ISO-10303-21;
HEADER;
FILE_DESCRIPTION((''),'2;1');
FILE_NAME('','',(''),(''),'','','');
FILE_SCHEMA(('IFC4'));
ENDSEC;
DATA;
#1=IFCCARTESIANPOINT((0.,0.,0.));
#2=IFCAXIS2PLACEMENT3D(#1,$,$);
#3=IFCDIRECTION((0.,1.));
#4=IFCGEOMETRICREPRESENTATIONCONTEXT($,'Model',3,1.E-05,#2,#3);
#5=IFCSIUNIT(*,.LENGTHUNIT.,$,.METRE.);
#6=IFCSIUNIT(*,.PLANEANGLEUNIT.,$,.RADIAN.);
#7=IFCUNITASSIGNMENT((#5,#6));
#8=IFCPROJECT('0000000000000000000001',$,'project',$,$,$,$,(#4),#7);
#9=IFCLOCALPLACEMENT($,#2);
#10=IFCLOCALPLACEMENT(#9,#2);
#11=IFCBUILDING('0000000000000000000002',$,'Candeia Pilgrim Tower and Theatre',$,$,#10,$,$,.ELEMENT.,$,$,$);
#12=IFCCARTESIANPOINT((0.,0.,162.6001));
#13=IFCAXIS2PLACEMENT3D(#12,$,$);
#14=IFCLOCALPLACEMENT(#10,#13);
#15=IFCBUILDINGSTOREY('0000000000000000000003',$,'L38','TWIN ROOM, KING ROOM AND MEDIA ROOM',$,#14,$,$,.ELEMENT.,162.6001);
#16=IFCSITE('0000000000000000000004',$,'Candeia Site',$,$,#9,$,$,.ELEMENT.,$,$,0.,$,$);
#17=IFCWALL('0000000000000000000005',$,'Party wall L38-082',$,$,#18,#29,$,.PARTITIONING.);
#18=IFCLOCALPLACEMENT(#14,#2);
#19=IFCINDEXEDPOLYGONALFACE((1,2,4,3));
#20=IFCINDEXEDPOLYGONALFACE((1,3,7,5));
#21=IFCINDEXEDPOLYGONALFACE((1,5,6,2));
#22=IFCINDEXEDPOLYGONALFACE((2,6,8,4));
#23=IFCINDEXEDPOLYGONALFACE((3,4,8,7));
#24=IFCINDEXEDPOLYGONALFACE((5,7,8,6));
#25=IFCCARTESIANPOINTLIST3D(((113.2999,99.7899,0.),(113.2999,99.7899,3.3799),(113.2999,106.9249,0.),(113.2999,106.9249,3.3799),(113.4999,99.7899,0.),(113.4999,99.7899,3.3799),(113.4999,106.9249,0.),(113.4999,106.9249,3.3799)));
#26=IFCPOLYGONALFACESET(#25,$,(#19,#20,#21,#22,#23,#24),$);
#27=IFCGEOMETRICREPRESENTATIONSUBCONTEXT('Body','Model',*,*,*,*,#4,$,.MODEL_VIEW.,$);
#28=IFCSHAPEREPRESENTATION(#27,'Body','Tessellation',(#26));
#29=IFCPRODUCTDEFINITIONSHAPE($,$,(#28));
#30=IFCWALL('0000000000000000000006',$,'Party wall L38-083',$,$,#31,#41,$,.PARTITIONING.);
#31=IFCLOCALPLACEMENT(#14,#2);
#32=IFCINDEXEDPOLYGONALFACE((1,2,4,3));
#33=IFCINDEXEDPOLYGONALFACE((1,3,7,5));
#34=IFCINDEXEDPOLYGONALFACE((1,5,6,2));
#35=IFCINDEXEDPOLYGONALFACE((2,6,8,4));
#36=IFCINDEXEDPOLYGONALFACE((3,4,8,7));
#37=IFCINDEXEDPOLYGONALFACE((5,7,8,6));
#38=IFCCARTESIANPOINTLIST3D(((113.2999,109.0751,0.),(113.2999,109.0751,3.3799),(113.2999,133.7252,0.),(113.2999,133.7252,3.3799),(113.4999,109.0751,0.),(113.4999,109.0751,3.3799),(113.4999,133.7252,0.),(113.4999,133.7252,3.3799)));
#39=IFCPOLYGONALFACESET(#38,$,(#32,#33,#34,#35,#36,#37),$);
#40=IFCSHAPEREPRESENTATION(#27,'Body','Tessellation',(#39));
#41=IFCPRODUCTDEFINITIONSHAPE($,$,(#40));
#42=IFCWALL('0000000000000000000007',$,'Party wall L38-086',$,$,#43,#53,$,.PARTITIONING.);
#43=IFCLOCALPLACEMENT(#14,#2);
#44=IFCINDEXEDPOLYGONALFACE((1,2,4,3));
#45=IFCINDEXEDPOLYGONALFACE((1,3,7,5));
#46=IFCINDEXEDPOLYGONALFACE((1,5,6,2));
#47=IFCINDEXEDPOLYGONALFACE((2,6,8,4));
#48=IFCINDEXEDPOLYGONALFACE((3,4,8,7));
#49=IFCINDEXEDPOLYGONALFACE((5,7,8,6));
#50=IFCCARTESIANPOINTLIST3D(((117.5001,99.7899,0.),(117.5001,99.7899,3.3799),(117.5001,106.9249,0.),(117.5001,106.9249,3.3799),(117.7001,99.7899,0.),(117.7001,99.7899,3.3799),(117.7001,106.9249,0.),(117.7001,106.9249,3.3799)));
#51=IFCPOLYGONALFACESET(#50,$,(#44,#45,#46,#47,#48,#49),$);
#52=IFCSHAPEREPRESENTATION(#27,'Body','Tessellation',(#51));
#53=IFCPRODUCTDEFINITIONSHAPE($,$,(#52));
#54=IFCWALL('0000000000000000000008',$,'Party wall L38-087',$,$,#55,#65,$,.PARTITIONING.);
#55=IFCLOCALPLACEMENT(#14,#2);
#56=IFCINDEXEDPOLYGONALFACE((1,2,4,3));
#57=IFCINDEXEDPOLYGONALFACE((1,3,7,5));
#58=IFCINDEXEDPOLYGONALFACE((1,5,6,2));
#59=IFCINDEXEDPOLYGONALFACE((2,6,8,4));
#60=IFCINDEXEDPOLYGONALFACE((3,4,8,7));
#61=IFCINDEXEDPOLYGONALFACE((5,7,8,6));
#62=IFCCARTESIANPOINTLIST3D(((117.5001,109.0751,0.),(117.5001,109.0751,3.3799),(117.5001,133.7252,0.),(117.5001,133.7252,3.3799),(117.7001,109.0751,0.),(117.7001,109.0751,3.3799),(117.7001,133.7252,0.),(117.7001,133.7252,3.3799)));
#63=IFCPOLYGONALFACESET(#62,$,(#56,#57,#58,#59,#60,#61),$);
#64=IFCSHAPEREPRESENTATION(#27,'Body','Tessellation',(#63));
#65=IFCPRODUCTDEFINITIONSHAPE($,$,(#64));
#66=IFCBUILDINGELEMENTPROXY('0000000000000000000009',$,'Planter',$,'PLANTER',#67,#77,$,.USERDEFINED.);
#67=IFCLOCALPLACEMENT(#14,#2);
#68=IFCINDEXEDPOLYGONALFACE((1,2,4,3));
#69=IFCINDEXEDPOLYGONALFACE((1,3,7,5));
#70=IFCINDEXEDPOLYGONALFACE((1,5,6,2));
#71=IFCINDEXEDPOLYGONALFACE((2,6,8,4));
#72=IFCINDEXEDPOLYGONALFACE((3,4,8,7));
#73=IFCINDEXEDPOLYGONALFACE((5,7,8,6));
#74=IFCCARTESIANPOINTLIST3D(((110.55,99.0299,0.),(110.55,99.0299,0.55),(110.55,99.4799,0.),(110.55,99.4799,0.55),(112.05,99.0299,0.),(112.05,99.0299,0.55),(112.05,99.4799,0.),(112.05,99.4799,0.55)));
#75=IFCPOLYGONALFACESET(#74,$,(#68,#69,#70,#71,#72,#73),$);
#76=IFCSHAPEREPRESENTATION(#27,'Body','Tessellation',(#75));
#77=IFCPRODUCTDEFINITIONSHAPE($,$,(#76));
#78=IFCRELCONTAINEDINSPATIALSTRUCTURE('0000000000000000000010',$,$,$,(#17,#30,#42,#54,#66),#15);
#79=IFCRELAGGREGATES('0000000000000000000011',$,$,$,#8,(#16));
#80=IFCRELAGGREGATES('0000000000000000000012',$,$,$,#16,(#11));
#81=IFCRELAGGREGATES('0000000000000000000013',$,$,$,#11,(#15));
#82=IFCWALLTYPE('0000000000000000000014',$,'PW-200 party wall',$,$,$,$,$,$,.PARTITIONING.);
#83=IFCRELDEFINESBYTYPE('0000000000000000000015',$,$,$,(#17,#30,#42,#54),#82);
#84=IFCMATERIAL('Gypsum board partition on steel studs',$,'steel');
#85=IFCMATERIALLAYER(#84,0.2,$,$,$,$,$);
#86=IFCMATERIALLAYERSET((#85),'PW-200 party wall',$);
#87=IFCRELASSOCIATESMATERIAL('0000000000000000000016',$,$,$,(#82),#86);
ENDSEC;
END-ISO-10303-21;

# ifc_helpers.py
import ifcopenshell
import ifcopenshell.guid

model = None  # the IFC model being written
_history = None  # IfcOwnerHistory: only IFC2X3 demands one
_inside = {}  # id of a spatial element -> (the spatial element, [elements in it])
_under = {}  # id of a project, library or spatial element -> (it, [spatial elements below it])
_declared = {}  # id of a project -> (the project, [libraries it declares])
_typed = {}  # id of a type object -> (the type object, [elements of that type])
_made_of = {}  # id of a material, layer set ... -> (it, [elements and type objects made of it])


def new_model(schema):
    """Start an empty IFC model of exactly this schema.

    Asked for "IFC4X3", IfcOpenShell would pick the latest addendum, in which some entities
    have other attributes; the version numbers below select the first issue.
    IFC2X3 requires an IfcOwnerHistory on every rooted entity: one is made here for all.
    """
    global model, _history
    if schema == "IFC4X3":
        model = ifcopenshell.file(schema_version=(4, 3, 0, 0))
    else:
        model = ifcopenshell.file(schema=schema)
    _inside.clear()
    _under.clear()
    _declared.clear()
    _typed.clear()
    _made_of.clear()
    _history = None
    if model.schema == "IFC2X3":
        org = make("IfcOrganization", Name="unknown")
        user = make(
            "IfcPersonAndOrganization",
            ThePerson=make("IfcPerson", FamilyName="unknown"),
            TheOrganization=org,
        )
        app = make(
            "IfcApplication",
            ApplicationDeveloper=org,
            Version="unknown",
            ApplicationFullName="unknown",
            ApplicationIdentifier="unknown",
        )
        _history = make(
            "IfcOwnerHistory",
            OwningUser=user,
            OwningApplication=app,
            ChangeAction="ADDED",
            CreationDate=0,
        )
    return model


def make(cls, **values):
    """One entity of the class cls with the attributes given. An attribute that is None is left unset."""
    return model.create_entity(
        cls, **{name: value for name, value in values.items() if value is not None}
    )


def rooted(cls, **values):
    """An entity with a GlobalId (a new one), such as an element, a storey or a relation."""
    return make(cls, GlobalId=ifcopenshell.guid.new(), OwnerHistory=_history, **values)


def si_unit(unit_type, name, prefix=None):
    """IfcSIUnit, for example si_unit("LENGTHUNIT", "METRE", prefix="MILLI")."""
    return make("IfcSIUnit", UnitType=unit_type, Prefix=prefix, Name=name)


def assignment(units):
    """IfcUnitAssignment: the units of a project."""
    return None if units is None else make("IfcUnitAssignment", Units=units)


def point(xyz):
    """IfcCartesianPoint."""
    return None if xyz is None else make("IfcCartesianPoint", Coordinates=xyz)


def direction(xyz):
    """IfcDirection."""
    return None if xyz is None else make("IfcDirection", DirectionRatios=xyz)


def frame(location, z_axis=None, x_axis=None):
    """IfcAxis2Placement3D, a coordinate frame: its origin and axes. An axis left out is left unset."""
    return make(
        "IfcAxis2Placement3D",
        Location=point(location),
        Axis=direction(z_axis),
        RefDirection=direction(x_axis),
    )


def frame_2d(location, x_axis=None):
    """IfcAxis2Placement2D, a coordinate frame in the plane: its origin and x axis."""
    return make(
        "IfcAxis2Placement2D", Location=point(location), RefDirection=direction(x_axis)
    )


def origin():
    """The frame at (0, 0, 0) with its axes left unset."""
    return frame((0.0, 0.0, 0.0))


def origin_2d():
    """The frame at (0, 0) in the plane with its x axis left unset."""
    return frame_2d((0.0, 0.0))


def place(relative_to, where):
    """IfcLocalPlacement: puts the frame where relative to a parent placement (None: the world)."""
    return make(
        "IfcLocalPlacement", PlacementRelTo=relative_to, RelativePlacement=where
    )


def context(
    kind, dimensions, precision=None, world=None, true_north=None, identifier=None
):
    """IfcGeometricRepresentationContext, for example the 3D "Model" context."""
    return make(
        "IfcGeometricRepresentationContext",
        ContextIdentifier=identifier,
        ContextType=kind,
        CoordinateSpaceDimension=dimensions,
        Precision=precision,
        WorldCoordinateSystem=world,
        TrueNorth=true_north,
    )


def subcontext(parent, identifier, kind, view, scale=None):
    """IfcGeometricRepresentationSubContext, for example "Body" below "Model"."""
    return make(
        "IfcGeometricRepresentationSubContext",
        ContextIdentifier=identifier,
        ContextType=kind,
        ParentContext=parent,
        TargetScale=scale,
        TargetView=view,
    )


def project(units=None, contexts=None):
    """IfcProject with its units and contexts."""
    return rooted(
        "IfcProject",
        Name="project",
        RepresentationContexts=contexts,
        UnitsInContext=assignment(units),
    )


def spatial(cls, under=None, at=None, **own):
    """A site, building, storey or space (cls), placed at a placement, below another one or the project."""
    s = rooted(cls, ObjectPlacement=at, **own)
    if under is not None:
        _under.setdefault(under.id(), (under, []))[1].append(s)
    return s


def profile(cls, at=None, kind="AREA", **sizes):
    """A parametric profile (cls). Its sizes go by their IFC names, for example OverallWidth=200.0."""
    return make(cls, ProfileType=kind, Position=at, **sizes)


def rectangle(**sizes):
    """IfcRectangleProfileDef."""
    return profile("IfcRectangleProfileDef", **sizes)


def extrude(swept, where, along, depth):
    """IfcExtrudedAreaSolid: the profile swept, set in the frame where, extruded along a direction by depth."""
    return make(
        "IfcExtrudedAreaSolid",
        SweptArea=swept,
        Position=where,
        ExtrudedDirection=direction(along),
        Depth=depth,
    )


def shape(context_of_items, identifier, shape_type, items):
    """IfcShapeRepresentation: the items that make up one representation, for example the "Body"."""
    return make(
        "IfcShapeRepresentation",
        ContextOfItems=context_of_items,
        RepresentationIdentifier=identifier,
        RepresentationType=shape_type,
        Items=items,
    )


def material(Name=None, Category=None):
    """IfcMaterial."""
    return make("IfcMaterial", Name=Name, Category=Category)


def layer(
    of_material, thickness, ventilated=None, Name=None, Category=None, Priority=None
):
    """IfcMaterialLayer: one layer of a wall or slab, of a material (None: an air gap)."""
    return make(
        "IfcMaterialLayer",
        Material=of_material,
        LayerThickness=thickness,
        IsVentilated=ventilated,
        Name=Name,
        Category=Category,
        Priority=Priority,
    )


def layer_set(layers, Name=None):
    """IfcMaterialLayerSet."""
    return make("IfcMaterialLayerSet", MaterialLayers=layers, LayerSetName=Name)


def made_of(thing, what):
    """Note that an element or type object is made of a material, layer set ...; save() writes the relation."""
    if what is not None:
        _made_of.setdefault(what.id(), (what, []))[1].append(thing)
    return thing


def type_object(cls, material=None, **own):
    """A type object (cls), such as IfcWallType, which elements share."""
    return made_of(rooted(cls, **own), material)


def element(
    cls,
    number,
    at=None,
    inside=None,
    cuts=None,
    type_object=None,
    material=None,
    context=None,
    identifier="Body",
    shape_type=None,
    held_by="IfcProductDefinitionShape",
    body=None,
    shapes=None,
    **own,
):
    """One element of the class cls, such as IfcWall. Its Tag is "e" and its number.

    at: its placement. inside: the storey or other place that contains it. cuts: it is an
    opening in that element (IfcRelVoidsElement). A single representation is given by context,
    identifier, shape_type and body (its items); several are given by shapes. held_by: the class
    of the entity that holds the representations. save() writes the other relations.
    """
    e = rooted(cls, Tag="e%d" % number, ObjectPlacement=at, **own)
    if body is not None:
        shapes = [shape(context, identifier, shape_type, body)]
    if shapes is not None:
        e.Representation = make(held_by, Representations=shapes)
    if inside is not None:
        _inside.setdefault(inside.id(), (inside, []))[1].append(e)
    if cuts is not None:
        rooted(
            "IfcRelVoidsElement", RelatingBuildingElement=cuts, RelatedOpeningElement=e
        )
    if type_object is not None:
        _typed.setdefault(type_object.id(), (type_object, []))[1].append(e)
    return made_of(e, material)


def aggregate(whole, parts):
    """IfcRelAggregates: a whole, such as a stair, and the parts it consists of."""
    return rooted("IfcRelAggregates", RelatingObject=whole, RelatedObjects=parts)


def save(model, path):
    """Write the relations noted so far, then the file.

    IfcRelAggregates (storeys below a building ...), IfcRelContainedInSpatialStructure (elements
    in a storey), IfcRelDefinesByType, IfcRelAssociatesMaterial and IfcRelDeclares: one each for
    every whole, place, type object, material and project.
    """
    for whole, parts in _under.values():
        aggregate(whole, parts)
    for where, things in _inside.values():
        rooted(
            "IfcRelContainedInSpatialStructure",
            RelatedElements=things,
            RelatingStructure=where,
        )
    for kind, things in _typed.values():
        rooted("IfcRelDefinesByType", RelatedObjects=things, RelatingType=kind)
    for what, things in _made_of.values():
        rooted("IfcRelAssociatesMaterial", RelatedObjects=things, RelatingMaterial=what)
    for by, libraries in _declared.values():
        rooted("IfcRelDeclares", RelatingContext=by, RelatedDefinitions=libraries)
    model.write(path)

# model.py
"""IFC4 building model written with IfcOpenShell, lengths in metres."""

from ifc_helpers import new_model, si_unit, direction, frame, frame_2d, origin, origin_2d, place, context, subcontext, project, spatial, rectangle, extrude, material, layer, layer_set, type_object, element, save


model = new_model("IFC4")

# Units and contexts
model_context = context("Model", 3, precision=1e-05, world=origin(), true_north=direction((0.0, 1.0)))
body_context = subcontext(model_context, "Body", "Model", "MODEL_VIEW")
ifc_project = project(units=[si_unit("LENGTHUNIT", "METRE"), si_unit("PLANEANGLEUNIT", "RADIAN")], contexts=[model_context])

# Site, building, storey
site_placement = place(None, origin())
site = spatial("IfcSite", under=ifc_project, at=site_placement, Name="Candeia Site", CompositionType="ELEMENT", RefElevation=0.0)
building_placement = place(site_placement, origin())
building = spatial("IfcBuilding", under=site, at=building_placement, Name="Candeia Pilgrim Tower and Theatre", CompositionType="ELEMENT")
storey_placement = place(building_placement, frame((0.0, 0.0, 162.6001)))
storey = spatial("IfcBuildingStorey", under=building, at=storey_placement, Name="L38", Description="TWIN ROOM, KING ROOM AND MEDIA ROOM", CompositionType="ELEMENT", Elevation=162.6001)

# Shared definitions
ifc_material_1 = material(Name="Gypsum board partition on steel studs", Category="steel")

# Walls
ifc_layer_1 = layer(ifc_material_1, 0.2)
ifc_layer_set_1 = layer_set([ifc_layer_1], Name="PW-200 party wall")
wall_type_1 = type_object("IfcWallType", Name="PW-200 party wall", PredefinedType="PARTITIONING", material=ifc_layer_set_1)
wall_1_placement = place(storey_placement, frame((113.3999, 99.79, 0.0), z_axis=(0.0, 0.0, 1.0), x_axis=(0.0, 1.0, 0.0)))
element("IfcWall", 1, at=wall_1_placement, inside=storey, type_object=wall_type_1, Name="Party wall L38-082", PredefinedType="PARTITIONING", context=body_context, shape_type="SweptSolid", body=[
    extrude(rectangle(XDim=7.135, YDim=0.2, at=frame_2d((3.5674, 0.0))), origin(), (0.0, 0.0, 1.0), 3.3799),
])
wall_2_placement = place(storey_placement, frame((113.3999, 109.075, 0.0), z_axis=(0.0, 0.0, 1.0), x_axis=(0.0, 1.0, 0.0)))
element("IfcWall", 2, at=wall_2_placement, inside=storey, type_object=wall_type_1, Name="Party wall L38-083", PredefinedType="PARTITIONING", context=body_context, shape_type="SweptSolid", body=[
    extrude(rectangle(XDim=24.6501, YDim=0.2, at=frame_2d((12.3252, 0.0))), origin(), (0.0, 0.0, 1.0), 3.3799),
])
wall_3_placement = place(storey_placement, frame((117.6001, 99.79, 0.0), z_axis=(0.0, 0.0, 1.0), x_axis=(0.0, 1.0, 0.0)))
element("IfcWall", 3, at=wall_3_placement, inside=storey, type_object=wall_type_1, Name="Party wall L38-086", PredefinedType="PARTITIONING", context=body_context, shape_type="SweptSolid", body=[
    extrude(rectangle(XDim=7.135, YDim=0.2, at=frame_2d((3.5674, 0.0))), origin(), (0.0, 0.0, 1.0), 3.3799),
])
wall_4_placement = place(storey_placement, frame((117.6001, 109.075, 0.0), z_axis=(0.0, 0.0, 1.0), x_axis=(0.0, 1.0, 0.0)))
element("IfcWall", 4, at=wall_4_placement, inside=storey, type_object=wall_type_1, Name="Party wall L38-087", PredefinedType="PARTITIONING", context=body_context, shape_type="SweptSolid", body=[
    extrude(rectangle(XDim=24.6501, YDim=0.2, at=frame_2d((12.3252, 0.0))), origin(), (0.0, 0.0, 1.0), 3.3799),
])

# Building element proxy
proxy_placement = place(storey_placement, frame((111.3, 99.2549, 0.0), z_axis=(0.0, 0.0, 1.0), x_axis=(1.0, 0.0, 0.0)))
element("IfcBuildingElementProxy", 5, at=proxy_placement, inside=storey, Name="Planter", ObjectType="PLANTER", PredefinedType="USERDEFINED", context=body_context, shape_type="SweptSolid", body=[
    extrude(rectangle(XDim=1.5, YDim=0.45, at=origin_2d()), origin(), (0.0, 0.0, 1.0), 0.55),
])

save(model, "model.ifc")
